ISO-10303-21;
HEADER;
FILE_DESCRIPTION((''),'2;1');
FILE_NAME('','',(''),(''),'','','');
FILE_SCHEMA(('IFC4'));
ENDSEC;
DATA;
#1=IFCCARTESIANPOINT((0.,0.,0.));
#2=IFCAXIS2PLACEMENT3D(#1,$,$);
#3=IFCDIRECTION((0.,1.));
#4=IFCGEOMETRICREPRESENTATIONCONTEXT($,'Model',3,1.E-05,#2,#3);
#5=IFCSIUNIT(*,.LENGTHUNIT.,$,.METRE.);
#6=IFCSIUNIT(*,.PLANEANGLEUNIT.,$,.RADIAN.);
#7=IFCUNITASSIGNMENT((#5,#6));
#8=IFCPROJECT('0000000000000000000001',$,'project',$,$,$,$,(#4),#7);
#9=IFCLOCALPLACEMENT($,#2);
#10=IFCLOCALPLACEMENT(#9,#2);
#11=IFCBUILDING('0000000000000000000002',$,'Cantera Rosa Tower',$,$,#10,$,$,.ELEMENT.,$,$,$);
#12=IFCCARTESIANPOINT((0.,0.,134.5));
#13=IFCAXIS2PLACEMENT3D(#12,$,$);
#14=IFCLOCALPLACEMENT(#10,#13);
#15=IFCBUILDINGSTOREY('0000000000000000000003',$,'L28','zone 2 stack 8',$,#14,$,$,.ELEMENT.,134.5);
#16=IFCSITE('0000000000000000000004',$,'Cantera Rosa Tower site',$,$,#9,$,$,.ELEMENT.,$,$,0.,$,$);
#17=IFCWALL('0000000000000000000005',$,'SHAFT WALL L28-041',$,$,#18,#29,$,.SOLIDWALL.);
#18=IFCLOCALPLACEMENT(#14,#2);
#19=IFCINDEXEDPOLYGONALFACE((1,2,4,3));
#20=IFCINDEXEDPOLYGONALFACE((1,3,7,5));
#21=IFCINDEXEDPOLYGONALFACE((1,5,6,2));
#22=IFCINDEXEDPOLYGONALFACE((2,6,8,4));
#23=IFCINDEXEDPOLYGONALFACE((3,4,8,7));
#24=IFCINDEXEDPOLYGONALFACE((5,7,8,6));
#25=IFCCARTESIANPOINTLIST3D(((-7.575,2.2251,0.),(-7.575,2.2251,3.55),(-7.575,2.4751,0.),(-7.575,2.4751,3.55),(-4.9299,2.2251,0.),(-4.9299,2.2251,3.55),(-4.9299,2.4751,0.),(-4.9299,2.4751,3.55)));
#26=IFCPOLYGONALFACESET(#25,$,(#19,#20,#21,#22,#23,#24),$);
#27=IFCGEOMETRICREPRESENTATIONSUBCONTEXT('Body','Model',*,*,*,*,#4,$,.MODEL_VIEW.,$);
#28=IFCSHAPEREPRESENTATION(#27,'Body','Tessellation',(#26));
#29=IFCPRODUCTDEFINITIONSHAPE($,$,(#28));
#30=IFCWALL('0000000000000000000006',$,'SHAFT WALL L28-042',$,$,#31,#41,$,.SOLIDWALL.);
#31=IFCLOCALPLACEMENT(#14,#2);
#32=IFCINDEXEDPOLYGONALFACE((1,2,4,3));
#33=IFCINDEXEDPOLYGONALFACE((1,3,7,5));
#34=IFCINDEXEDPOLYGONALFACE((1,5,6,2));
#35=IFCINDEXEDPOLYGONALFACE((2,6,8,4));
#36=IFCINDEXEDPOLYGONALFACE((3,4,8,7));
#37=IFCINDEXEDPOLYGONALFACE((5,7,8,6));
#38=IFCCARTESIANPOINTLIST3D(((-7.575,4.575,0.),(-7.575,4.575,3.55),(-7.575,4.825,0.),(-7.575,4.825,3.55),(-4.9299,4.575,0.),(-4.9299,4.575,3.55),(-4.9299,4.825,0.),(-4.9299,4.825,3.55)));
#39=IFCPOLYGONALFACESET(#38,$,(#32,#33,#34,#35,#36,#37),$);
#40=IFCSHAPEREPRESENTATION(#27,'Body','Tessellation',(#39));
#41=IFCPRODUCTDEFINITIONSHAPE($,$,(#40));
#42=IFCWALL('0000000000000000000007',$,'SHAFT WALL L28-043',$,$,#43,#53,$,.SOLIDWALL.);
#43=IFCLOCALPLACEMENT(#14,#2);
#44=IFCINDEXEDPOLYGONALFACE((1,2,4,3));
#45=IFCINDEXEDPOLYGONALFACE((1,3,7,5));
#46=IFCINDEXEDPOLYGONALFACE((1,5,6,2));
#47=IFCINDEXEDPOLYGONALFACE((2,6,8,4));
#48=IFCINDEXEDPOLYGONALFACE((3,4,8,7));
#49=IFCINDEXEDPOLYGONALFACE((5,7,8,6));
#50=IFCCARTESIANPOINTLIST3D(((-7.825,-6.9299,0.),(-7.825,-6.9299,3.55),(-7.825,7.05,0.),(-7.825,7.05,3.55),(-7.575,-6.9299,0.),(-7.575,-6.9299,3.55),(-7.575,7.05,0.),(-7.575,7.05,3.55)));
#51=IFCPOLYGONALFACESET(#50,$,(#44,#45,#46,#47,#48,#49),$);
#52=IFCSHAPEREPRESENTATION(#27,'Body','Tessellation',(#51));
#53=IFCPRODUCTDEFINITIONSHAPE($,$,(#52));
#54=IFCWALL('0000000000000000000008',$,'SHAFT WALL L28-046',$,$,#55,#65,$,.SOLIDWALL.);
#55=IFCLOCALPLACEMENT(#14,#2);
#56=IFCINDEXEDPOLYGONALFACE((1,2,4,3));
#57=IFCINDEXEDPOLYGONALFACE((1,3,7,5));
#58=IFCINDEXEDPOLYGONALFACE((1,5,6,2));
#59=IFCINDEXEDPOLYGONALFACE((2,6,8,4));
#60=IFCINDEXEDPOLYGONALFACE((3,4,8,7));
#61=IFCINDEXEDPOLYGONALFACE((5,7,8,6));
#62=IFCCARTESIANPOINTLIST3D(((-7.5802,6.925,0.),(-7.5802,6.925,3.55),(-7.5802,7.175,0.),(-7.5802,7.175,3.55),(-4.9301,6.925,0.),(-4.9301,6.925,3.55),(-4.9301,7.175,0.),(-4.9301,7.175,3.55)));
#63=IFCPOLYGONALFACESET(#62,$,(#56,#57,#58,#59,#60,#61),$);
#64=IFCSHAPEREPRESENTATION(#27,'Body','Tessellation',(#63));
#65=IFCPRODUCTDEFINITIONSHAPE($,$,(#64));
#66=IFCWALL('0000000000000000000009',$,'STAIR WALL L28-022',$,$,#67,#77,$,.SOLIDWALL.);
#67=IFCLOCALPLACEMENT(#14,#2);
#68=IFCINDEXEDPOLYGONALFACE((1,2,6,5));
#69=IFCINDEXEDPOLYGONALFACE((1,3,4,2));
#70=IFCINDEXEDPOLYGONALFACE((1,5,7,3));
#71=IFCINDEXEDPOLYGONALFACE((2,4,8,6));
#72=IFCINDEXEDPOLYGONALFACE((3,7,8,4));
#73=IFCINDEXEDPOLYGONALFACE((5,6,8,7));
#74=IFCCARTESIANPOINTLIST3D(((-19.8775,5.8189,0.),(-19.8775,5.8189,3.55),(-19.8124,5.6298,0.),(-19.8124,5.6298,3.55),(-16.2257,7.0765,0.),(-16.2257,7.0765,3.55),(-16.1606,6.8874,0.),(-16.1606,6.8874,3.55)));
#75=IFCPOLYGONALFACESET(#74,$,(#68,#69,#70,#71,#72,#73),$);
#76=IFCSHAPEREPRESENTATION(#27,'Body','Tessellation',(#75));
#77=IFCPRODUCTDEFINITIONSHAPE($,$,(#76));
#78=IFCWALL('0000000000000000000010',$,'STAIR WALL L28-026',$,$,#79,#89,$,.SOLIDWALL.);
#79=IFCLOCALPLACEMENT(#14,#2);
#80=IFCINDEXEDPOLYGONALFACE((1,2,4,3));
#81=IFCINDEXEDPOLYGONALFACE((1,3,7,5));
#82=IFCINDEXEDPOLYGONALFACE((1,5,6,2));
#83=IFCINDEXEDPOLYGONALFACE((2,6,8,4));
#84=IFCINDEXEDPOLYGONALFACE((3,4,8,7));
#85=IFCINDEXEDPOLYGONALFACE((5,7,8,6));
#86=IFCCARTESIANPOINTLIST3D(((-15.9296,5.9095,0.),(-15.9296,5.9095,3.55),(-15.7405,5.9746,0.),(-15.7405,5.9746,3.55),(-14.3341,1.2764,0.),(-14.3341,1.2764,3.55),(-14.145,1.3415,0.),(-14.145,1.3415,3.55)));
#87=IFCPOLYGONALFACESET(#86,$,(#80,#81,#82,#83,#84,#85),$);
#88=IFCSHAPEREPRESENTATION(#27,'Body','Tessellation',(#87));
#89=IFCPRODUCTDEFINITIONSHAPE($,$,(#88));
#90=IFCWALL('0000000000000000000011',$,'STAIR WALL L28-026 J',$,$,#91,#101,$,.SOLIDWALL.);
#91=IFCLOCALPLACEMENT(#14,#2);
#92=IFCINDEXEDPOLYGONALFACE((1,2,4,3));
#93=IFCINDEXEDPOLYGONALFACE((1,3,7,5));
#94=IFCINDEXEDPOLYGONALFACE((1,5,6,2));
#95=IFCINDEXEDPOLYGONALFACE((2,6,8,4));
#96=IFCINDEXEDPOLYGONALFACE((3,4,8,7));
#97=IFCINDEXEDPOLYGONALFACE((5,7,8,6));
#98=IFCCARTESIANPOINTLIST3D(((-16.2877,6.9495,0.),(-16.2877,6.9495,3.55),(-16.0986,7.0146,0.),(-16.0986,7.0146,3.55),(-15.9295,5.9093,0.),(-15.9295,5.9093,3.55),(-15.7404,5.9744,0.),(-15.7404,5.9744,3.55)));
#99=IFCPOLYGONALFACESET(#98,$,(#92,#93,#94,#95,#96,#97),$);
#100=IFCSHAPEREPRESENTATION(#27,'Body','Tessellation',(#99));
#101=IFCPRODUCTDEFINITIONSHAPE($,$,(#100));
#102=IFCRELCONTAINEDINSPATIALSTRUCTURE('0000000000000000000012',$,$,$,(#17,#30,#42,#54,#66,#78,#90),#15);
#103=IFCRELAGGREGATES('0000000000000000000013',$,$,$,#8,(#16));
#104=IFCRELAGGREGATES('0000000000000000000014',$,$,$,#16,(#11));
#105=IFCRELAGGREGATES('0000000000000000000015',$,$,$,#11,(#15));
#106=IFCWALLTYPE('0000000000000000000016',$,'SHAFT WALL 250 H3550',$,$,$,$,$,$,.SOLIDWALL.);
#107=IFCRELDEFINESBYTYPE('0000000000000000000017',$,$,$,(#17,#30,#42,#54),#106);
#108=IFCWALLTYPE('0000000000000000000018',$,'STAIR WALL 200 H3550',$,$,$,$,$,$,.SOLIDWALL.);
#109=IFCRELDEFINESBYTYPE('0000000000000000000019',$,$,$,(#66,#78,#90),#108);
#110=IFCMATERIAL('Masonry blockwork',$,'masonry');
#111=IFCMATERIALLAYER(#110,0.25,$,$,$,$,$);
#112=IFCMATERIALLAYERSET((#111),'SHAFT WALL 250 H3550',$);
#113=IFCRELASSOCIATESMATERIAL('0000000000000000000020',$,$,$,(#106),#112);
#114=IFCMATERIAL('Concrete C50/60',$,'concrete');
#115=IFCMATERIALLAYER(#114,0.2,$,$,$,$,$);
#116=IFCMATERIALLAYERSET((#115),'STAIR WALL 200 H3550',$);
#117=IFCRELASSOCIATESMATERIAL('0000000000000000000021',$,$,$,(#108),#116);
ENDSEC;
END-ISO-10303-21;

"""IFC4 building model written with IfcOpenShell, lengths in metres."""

from ifc_helpers import new_model, si_unit, direction, frame, frame_2d, origin, place, context, subcontext, project, spatial, rectangle, extrude, material, layer, layer_set, type_object, element, save


model = new_model("IFC4")

# Units and contexts
model_context = context("Model", 3, precision=1e-05, world=origin(), true_north=direction((0.0, 1.0)))
body_context = subcontext(model_context, "Body", "Model", "MODEL_VIEW")
ifc_project = project(units=[si_unit("LENGTHUNIT", "METRE"), si_unit("PLANEANGLEUNIT", "RADIAN")], contexts=[model_context])

# Site, building, storey
site_placement = place(None, origin())
site = spatial("IfcSite", under=ifc_project, at=site_placement, Name="Cantera Rosa Tower site", CompositionType="ELEMENT", RefElevation=0.0)
building_placement = place(site_placement, origin())
building = spatial("IfcBuilding", under=site, at=building_placement, Name="Cantera Rosa Tower", CompositionType="ELEMENT")
storey_placement = place(building_placement, frame((0.0, 0.0, 134.5)))
storey = spatial("IfcBuildingStorey", under=building, at=storey_placement, Name="L28", Description="zone 2 stack 8", CompositionType="ELEMENT", Elevation=134.5)

# Walls
ifc_material_1 = material(Name="Masonry blockwork", Category="masonry")
ifc_layer_1 = layer(ifc_material_1, 0.25)
ifc_layer_set_1 = layer_set([ifc_layer_1], Name="SHAFT WALL 250 H3550")
wall_type_1 = type_object("IfcWallType", Name="SHAFT WALL 250 H3550", PredefinedType="SOLIDWALL", material=ifc_layer_set_1)
for number, where, z_axis, x_axis, name in (
    (1, (-7.575, 2.3501, 0.0), (0.0, 0.0, 1.0), (1.0, 0.0, 0.0), "SHAFT WALL L28-041"),
    (2, (-7.575, 4.7, 0.0), (0.0, 0.0, 1.0), (1.0, 0.0, 0.0), "SHAFT WALL L28-042"),
):
    element("IfcWall", number, at=place(storey_placement, frame(where, z_axis=z_axis, x_axis=x_axis)), inside=storey, type_object=wall_type_1, Name=name, PredefinedType="SOLIDWALL", context=body_context, shape_type="SweptSolid", body=[
        extrude(rectangle(XDim=2.645, YDim=0.25, at=frame_2d((1.3225, 0.0))), origin(), (0.0, 0.0, 1.0), 3.55),
    ])
wall_1_placement = place(storey_placement, frame((-7.7, 7.05, 0.0), z_axis=(0.0, 0.0, 1.0), x_axis=(0.0, -1.0, 0.0)))
element("IfcWall", 3, at=wall_1_placement, inside=storey, type_object=wall_type_1, Name="SHAFT WALL L28-043", PredefinedType="SOLIDWALL", context=body_context, shape_type="SweptSolid", body=[
    extrude(rectangle(XDim=13.98, YDim=0.25, at=frame_2d((6.99, 0.0))), origin(), (0.0, 0.0, 1.0), 3.55),
])
wall_2_placement = place(storey_placement, frame((-4.9299, 7.05, 0.0), z_axis=(0.0, 0.0, 1.0), x_axis=(-1.0, 0.0, 0.0)))
element("IfcWall", 4, at=wall_2_placement, inside=storey, type_object=wall_type_1, Name="SHAFT WALL L28-046", PredefinedType="SOLIDWALL", context=body_context, shape_type="SweptSolid", body=[
    extrude(rectangle(XDim=2.6501, YDim=0.25, at=frame_2d((1.3252, 0.0))), origin(), (0.0, 0.0, 1.0), 3.55),
])
ifc_material_2 = material(Name="Concrete C50/60", Category="concrete")
ifc_layer_2 = layer(ifc_material_2, 0.2)
ifc_layer_set_2 = layer_set([ifc_layer_2], Name="STAIR WALL 200 H3550")
wall_type_2 = type_object("IfcWallType", Name="STAIR WALL 200 H3550", PredefinedType="SOLIDWALL", material=ifc_layer_set_2)
wall_3_placement = place(storey_placement, frame((-16.1931, 6.9819, 0.0), z_axis=(0.0, 0.0, 1.0), x_axis=(-0.945508, -0.325599, 0.0)))
element("IfcWall", 5, at=wall_3_placement, inside=storey, type_object=wall_type_2, Name="STAIR WALL L28-022", PredefinedType="SOLIDWALL", context=body_context, shape_type="SweptSolid", body=[
    extrude(rectangle(XDim=3.8623, YDim=0.2, at=frame_2d((1.9312, 0.0))), origin(), (0.0, 0.0, 1.0), 3.55),
])
wall_4_placement = place(storey_placement, frame((-14.2395, 1.3088, 0.0), z_axis=(0.0, 0.0, 1.0), x_axis=(-0.325599, 0.945508, 0.0)))
element("IfcWall", 6, at=wall_4_placement, inside=storey, type_object=wall_type_2, Name="STAIR WALL L28-026", PredefinedType="SOLIDWALL", context=body_context, shape_type="SweptSolid", body=[
    extrude(rectangle(XDim=4.9001, YDim=0.2, at=frame_2d((2.4502, 0.0))), origin(), (0.0, 0.0, 1.0), 3.55),
])
wall_5_placement = place(storey_placement, frame((-15.835, 5.9419, 0.0), z_axis=(0.0, 0.0, 1.0), x_axis=(-0.325601, 0.945507, 0.0)))
element("IfcWall", 7, at=wall_5_placement, inside=storey, type_object=wall_type_2, Name="STAIR WALL L28-026 J", PredefinedType="SOLIDWALL", context=body_context, shape_type="SweptSolid", body=[
    extrude(rectangle(XDim=1.1001, YDim=0.2, at=frame_2d((0.55, 0.0))), origin(), (0.0, 0.0, 1.0), 3.55),
])

save(model, "model.ifc")
